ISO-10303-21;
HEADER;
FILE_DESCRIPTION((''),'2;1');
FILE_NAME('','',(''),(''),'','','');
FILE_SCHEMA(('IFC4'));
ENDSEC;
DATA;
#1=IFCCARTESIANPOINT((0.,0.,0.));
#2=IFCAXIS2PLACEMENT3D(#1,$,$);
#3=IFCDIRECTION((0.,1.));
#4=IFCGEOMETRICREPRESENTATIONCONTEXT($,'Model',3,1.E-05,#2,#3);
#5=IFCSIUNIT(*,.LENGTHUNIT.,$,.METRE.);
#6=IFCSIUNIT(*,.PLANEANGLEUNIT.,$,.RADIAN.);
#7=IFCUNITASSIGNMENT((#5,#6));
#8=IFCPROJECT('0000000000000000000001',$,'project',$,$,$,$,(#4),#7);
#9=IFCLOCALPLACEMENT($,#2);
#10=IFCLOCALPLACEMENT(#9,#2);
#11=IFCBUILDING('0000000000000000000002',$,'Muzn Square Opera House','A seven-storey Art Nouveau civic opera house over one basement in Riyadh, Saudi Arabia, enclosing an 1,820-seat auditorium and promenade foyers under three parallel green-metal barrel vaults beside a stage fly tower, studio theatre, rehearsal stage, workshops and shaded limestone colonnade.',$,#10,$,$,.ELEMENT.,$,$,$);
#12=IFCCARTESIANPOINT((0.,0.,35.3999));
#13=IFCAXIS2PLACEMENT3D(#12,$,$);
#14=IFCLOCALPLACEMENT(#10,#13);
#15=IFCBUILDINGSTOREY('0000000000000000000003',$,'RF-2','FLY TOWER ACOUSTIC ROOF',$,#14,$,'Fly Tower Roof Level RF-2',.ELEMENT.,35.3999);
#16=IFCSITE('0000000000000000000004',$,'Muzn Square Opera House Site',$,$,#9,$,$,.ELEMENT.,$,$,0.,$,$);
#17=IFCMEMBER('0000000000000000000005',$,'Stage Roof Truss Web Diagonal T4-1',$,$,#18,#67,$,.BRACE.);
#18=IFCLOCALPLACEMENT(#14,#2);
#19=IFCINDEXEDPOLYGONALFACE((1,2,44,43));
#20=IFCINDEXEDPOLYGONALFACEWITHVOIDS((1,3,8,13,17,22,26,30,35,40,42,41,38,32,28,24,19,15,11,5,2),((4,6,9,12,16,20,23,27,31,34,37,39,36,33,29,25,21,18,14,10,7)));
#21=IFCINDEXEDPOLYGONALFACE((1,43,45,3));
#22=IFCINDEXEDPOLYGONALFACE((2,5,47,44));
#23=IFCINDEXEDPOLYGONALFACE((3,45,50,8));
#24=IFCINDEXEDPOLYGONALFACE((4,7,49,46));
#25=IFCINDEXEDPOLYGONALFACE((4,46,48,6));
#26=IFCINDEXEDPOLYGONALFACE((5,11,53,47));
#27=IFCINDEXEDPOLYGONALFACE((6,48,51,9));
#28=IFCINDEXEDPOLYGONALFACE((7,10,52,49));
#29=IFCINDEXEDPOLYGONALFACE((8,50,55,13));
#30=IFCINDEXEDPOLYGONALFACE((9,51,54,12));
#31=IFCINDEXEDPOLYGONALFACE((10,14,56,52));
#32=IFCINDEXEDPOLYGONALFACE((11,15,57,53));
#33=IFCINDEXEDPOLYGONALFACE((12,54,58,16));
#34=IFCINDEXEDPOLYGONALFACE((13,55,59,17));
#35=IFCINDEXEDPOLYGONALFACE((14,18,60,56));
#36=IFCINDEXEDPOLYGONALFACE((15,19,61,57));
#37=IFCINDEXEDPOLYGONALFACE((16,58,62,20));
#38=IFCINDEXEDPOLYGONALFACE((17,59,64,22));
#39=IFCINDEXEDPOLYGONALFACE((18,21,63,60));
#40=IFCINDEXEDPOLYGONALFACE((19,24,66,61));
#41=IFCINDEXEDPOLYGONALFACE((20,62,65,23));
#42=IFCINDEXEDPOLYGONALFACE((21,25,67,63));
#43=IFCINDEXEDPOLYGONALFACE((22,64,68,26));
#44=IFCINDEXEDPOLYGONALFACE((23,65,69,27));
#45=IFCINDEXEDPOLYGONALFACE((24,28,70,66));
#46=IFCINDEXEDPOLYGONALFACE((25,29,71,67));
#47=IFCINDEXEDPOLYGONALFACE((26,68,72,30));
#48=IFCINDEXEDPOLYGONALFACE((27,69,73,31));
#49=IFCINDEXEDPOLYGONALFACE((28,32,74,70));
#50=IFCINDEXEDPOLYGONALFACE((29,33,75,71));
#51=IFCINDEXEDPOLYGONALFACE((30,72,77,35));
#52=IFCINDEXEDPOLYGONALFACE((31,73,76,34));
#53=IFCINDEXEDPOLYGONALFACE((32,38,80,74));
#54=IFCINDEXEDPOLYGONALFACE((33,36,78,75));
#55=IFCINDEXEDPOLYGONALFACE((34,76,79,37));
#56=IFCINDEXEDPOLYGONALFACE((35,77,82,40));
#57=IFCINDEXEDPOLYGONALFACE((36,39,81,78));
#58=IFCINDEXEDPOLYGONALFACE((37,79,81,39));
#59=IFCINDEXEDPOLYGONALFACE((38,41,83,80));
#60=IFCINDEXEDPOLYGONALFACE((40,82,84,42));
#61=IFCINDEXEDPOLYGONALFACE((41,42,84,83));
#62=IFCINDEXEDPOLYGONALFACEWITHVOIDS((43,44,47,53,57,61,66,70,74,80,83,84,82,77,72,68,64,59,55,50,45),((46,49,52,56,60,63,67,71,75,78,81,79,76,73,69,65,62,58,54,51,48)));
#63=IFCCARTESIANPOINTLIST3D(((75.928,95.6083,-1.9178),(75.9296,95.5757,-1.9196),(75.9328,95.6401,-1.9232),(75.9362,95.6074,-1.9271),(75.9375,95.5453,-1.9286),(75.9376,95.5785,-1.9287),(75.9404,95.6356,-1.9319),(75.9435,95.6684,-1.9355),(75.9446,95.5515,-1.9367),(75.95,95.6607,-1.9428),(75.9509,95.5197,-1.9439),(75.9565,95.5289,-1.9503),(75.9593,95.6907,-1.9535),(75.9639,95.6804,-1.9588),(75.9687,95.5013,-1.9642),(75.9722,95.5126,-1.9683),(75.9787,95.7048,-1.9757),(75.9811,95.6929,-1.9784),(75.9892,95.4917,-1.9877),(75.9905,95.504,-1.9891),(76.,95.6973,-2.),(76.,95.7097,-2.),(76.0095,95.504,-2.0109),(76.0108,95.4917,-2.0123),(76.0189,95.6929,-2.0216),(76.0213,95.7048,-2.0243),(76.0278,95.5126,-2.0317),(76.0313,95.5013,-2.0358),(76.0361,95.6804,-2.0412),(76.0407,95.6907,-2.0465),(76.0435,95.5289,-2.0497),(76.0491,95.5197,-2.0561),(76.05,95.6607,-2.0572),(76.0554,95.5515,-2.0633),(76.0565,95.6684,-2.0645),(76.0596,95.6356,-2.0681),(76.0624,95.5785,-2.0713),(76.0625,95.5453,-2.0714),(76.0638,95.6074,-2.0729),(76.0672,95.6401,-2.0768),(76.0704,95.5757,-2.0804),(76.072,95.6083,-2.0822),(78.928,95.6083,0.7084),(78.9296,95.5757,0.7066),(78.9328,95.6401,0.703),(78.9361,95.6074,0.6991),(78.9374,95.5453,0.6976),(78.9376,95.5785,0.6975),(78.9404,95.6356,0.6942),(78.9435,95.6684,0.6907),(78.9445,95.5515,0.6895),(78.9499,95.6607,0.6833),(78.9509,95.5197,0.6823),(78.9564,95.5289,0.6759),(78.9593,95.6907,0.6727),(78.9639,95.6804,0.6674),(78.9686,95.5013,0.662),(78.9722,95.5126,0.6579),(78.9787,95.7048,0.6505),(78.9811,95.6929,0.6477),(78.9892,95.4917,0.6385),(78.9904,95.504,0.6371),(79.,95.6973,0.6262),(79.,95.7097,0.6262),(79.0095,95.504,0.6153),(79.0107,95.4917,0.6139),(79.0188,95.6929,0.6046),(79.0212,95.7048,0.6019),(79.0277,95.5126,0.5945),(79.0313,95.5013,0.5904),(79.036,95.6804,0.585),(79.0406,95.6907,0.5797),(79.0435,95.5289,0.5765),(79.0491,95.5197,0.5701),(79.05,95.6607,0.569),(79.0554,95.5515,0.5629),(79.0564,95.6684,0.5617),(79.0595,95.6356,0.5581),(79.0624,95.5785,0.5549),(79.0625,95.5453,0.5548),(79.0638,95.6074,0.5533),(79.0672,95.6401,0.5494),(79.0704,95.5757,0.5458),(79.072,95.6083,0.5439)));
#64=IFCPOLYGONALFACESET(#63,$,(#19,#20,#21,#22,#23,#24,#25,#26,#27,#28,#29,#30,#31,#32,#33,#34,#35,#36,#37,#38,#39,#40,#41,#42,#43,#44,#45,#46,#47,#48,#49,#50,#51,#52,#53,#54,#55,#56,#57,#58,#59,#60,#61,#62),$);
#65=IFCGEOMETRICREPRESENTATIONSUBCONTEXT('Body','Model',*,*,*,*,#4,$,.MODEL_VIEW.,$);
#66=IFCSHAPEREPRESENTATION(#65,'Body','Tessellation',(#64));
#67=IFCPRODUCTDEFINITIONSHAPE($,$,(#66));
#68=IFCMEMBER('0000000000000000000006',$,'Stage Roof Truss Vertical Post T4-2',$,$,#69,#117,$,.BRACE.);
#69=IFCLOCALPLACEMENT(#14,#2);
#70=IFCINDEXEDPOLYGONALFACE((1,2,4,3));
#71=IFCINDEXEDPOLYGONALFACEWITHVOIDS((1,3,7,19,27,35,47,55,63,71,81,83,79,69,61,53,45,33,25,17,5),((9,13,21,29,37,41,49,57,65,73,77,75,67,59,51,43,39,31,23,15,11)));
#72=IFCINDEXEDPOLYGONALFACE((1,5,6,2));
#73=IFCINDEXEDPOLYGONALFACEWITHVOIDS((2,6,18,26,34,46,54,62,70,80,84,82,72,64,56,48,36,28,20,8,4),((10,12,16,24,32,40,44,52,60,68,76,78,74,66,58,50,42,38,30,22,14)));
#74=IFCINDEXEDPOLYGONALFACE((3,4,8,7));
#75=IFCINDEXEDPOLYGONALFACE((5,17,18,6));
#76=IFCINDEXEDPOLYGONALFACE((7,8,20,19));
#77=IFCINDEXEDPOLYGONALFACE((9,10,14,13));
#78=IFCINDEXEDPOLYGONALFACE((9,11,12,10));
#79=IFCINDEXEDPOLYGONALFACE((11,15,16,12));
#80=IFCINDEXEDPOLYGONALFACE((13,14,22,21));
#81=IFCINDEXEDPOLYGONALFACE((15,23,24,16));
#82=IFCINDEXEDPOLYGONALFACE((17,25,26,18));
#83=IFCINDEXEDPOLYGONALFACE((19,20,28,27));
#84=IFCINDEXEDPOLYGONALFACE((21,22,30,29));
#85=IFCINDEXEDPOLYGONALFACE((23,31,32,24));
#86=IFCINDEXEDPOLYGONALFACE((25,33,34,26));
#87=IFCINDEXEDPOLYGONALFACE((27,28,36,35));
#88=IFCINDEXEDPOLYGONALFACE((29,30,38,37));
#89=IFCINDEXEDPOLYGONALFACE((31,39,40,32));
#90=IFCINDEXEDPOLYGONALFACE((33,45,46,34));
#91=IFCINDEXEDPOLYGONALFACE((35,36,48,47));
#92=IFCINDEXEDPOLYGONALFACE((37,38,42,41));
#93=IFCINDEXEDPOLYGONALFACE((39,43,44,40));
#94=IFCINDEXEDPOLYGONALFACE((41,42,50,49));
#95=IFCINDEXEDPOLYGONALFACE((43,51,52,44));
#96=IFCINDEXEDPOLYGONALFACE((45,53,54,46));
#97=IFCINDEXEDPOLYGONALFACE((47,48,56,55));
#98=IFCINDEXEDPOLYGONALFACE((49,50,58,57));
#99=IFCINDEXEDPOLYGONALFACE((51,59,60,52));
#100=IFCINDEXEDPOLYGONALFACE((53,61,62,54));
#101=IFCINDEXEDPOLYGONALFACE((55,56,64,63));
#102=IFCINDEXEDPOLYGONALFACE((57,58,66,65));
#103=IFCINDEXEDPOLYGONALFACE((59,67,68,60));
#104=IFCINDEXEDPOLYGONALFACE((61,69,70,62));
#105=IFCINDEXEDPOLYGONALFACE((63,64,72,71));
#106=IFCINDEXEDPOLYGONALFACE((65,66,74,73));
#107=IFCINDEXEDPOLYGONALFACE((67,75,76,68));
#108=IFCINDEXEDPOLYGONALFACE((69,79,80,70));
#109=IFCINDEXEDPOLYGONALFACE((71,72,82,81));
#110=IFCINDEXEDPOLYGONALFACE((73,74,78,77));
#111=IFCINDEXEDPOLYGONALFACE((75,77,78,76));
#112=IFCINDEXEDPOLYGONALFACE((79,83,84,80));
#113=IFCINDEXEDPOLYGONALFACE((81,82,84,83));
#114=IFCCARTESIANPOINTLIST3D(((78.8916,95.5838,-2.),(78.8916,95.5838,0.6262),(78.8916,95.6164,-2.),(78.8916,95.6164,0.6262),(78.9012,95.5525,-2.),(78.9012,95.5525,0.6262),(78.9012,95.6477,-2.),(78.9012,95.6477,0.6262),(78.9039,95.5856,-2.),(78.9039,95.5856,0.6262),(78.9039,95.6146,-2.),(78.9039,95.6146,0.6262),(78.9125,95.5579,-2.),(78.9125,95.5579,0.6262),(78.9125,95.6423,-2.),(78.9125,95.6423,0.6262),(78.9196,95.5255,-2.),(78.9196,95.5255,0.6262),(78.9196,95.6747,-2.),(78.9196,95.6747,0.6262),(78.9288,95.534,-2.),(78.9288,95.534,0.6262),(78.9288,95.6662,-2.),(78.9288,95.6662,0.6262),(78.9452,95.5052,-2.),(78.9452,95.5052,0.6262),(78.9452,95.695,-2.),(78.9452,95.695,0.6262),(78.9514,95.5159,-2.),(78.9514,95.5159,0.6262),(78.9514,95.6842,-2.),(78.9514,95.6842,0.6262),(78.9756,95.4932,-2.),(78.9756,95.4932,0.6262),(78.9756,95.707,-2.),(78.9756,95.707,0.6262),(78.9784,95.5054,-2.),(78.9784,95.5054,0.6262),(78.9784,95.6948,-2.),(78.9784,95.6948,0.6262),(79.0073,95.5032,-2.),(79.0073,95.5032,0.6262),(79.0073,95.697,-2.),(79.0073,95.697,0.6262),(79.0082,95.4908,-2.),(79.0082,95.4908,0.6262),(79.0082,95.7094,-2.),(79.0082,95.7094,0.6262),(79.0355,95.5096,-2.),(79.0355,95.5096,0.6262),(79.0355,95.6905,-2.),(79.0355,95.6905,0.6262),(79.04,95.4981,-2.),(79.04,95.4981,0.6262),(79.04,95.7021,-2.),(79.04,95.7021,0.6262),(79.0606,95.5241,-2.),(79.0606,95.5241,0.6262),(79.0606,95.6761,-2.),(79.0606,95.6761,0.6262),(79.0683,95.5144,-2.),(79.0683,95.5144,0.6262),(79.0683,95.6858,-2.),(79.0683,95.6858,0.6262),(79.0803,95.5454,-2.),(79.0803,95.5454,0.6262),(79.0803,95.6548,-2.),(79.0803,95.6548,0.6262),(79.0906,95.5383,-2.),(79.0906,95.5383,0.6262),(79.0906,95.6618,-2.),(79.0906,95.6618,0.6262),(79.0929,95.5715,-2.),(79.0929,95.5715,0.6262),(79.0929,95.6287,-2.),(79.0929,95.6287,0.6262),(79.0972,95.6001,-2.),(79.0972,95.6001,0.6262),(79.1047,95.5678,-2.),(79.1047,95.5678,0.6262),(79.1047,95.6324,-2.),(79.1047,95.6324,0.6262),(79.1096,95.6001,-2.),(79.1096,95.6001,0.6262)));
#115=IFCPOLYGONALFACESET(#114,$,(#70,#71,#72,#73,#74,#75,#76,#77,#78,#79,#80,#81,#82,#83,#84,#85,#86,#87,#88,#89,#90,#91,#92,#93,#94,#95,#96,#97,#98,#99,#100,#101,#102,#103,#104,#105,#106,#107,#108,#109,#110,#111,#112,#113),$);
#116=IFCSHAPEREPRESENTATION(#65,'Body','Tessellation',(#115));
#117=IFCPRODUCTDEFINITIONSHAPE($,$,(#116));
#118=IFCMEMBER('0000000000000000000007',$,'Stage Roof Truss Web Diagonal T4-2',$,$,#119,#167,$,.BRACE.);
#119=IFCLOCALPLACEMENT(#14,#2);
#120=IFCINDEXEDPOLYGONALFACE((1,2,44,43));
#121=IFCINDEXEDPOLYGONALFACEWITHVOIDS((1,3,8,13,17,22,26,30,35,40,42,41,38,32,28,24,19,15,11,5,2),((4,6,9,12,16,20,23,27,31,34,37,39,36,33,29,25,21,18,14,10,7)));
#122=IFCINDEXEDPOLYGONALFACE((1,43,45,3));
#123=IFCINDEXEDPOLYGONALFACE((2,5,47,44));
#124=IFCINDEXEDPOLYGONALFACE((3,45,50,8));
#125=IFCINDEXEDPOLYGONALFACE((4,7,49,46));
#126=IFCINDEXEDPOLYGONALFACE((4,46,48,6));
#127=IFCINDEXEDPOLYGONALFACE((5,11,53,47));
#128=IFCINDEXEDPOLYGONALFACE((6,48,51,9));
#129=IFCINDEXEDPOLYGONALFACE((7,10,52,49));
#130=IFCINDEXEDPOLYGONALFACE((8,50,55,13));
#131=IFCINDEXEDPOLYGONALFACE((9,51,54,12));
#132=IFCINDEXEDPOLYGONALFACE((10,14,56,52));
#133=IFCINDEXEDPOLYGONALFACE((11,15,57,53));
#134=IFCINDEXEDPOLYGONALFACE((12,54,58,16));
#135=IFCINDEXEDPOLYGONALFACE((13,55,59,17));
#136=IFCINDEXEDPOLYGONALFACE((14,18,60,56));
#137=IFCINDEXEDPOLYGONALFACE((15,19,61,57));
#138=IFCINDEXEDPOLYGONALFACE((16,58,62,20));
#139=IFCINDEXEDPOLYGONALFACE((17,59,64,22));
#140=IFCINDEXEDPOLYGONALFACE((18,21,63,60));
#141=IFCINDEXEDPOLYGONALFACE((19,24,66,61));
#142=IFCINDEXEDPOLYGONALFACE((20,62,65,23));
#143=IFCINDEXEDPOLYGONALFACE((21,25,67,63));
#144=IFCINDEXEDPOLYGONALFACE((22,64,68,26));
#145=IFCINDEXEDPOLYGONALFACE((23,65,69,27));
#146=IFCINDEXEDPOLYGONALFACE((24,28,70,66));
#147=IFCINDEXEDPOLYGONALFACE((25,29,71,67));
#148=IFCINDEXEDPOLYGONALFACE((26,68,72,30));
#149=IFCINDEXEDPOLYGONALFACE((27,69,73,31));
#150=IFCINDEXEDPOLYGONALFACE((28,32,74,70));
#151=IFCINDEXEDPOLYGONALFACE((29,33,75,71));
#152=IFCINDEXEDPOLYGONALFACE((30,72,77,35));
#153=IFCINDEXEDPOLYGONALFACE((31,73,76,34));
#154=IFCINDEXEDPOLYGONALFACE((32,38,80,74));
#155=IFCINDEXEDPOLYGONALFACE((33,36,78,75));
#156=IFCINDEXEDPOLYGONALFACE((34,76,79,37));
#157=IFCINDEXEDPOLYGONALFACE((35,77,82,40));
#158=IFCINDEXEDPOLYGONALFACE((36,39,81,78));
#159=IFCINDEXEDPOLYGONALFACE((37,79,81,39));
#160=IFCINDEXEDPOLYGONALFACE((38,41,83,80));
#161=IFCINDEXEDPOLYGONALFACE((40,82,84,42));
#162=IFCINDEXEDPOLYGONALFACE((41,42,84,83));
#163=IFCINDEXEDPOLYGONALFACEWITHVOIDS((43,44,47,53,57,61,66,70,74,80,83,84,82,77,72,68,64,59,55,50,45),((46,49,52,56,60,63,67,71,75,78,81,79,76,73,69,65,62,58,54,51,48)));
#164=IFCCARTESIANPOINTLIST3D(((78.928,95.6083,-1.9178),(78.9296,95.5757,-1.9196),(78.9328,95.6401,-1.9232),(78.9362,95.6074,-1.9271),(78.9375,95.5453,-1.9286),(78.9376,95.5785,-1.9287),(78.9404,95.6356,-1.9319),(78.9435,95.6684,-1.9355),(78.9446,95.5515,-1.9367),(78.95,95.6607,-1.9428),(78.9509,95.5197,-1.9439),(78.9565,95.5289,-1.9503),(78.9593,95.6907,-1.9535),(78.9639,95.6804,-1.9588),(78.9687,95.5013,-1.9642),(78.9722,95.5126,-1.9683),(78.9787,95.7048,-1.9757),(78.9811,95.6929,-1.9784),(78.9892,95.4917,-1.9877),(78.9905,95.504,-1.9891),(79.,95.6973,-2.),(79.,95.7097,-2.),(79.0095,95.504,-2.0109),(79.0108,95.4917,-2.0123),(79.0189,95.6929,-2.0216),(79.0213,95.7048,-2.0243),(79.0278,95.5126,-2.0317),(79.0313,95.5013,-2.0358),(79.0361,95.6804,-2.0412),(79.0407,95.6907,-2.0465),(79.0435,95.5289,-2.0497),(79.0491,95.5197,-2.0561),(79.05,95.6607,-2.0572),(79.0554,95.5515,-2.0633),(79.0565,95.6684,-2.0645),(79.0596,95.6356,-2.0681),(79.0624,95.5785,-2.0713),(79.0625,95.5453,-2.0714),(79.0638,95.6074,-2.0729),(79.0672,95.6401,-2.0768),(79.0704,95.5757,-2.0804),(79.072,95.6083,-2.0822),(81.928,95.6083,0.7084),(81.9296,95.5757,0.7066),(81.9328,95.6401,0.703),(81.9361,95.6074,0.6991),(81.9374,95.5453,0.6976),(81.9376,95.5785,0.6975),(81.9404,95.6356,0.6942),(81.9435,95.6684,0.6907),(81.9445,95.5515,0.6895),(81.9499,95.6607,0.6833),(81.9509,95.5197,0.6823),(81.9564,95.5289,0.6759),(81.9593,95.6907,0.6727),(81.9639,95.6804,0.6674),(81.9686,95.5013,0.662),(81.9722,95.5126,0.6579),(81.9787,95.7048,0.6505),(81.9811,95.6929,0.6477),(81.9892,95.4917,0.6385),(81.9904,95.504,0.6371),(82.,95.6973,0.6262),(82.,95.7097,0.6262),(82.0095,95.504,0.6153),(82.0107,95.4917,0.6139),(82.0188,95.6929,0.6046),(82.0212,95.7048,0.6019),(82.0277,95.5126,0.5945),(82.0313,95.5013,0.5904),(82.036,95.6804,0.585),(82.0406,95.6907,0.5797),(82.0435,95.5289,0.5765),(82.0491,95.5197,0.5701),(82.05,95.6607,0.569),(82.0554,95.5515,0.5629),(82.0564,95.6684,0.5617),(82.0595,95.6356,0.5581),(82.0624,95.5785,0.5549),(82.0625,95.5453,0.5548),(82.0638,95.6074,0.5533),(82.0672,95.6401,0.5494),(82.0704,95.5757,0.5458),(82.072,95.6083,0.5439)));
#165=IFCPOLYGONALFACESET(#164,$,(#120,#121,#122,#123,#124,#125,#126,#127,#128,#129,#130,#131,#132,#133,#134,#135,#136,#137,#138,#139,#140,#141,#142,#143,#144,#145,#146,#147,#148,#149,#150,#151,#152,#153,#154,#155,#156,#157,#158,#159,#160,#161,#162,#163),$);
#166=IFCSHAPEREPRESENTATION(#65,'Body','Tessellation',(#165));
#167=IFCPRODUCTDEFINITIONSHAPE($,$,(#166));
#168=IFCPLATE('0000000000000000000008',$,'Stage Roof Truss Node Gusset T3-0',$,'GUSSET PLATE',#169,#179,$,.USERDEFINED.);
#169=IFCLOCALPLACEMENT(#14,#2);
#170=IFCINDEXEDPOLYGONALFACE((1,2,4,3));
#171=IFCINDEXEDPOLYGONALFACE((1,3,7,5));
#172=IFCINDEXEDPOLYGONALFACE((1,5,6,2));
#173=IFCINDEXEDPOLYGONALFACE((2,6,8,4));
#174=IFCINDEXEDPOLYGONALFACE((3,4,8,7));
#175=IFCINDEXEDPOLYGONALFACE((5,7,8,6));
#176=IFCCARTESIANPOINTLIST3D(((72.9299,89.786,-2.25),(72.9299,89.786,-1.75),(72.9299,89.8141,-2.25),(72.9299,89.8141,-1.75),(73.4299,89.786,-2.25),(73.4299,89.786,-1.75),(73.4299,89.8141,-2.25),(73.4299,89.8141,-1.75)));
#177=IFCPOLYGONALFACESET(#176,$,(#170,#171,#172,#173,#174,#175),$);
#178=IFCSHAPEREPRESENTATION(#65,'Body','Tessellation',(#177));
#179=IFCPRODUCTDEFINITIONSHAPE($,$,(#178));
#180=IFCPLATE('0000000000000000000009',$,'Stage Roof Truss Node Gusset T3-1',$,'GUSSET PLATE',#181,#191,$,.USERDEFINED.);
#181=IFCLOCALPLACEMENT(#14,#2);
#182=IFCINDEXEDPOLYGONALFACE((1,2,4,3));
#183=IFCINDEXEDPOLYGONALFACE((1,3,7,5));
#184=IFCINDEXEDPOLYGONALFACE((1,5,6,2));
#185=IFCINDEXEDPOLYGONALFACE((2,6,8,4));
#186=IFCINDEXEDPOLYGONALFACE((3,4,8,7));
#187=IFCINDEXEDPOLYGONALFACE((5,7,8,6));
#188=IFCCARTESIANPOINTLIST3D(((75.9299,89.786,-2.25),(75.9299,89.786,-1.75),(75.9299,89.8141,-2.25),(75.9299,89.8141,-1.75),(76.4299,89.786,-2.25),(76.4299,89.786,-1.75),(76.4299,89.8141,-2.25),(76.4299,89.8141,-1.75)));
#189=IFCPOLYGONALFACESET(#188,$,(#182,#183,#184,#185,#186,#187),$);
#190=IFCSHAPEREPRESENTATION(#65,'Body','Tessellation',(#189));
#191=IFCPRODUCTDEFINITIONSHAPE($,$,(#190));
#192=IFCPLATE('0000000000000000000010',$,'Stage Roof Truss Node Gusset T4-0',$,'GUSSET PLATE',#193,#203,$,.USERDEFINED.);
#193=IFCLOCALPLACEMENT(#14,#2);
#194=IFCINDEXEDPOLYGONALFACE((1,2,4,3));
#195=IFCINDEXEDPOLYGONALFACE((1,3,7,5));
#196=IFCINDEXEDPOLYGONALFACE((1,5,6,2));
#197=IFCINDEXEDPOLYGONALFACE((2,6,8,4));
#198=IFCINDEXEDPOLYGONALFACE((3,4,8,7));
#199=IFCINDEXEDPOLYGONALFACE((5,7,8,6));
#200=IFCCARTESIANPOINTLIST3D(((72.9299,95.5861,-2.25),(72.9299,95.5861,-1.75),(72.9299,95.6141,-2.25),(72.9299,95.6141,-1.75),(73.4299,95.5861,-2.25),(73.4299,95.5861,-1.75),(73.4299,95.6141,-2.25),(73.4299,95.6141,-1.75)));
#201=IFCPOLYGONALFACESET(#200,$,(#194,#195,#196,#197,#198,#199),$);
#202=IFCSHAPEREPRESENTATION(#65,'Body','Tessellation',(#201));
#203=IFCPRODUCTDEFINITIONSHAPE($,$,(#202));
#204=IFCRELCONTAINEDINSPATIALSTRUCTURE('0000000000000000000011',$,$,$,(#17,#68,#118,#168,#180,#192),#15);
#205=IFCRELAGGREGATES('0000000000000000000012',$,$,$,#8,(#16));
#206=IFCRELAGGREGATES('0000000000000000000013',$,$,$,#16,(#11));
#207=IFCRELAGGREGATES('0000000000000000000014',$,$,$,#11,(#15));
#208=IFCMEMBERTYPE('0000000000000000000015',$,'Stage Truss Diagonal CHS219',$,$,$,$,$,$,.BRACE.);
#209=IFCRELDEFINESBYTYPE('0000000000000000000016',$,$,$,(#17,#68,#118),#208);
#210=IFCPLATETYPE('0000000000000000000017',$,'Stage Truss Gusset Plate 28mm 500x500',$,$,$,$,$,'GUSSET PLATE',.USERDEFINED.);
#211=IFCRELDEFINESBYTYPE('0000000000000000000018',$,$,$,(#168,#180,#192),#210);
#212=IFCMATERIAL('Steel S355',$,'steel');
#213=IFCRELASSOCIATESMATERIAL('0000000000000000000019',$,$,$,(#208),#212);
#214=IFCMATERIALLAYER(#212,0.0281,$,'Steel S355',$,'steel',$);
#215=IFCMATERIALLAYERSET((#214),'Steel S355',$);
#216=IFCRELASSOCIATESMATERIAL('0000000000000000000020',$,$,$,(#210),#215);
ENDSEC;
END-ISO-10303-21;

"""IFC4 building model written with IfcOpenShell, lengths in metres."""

from ifc_helpers import new_model, si_unit, direction, frame, origin, origin_2d, place, context, subcontext, project, spatial, rectangle, hollow_circle, extrude, material, layer, layer_set, material_profile, profile_set, type_object, element, save


model = new_model("IFC4")

# Units and contexts
model_context = context("Model", 3, precision=1e-05, world=origin(), true_north=direction((0.0, 1.0)))
body_context = subcontext(model_context, "Body", "Model", "MODEL_VIEW")
ifc_project = project(units=[si_unit("LENGTHUNIT", "METRE"), si_unit("PLANEANGLEUNIT", "RADIAN")], contexts=[model_context])

# Site, building, storey
site_placement = place(None, origin())
site = spatial("IfcSite", under=ifc_project, at=site_placement, Name="Muzn Square Opera House Site", CompositionType="ELEMENT", RefElevation=0.0)
building_placement = place(site_placement, origin())
building = spatial("IfcBuilding", under=site, at=building_placement, Name="Muzn Square Opera House", Description="A seven-storey Art Nouveau civic opera house over one basement in Riyadh, Saudi Arabia, enclosing an 1,820-seat auditorium and promenade foyers under three parallel green-metal barrel vaults beside a stage fly tower, studio theatre, rehearsal stage, workshops and shaded limestone colonnade.", CompositionType="ELEMENT")
storey_placement = place(building_placement, frame((0.0, 0.0, 35.3999)))
storey = spatial("IfcBuildingStorey", under=building, at=storey_placement, Name="RF-2", Description="FLY TOWER ACOUSTIC ROOF", LongName="Fly Tower Roof Level RF-2", CompositionType="ELEMENT", Elevation=35.3999)

# Members
ifc_material = material(Name="Steel S355", Category="steel")
ifc_material_profile_1 = material_profile(ifc_material, hollow_circle(Radius=0.1096, WallThickness=0.0125, at=origin_2d()), Name="CHS 219.1x12.5", Category="steel")
ifc_profile_set_1 = profile_set([ifc_material_profile_1], Name="Steel S355")
member_type_1 = type_object("IfcMemberType", Name="Stage Truss Diagonal CHS219", PredefinedType="BRACE", material=ifc_profile_set_1)
member_1_placement = place(storey_placement, frame((76.0, 95.6001, -2.0), z_axis=(0.752425, 0.0, 0.658678), x_axis=(0.0, 1.0, 0.0)))
element("IfcMember", 1, at=member_1_placement, inside=storey, type_object=member_type_1, Name="Stage Roof Truss Web Diagonal T4-1", PredefinedType="BRACE", context=body_context, shape_type="SweptSolid", body=[
    extrude(hollow_circle(Radius=0.1096, WallThickness=0.0125, at=origin_2d()), origin(), (0.0, 0.0, 1.0), 3.9871),
])
member_2_placement = place(storey_placement, frame((79.0, 95.6001, -2.0), z_axis=(0.0, 0.0, 1.0), x_axis=(1.0, 0.0, 0.0)))
element("IfcMember", 2, at=member_2_placement, inside=storey, type_object=member_type_1, Name="Stage Roof Truss Vertical Post T4-2", PredefinedType="BRACE", context=body_context, shape_type="SweptSolid", body=[
    extrude(hollow_circle(Radius=0.1096, WallThickness=0.0125, at=origin_2d()), origin(), (0.0, 0.0, 1.0), 2.6262),
])
member_3_placement = place(storey_placement, frame((79.0, 95.6001, -2.0), z_axis=(0.752425, 0.0, 0.658678), x_axis=(0.0, 1.0, 0.0)))
element("IfcMember", 3, at=member_3_placement, inside=storey, type_object=member_type_1, Name="Stage Roof Truss Web Diagonal T4-2", PredefinedType="BRACE", context=body_context, shape_type="SweptSolid", body=[
    extrude(hollow_circle(Radius=0.1096, WallThickness=0.0125, at=origin_2d()), origin(), (0.0, 0.0, 1.0), 3.9871),
])

# Plates
ifc_layer = layer(ifc_material, 0.0281, Name="Steel S355", Category="steel")
ifc_layer_set = layer_set([ifc_layer], Name="Steel S355")
plate_type = type_object("IfcPlateType", Name="Stage Truss Gusset Plate 28mm 500x500", ElementType="GUSSET PLATE", PredefinedType="USERDEFINED", material=ifc_layer_set)
for number, where, z_axis, x_axis, name in (
    (4, (73.1799, 89.8, -2.25), (0.0, 0.0, 1.0), (1.0, 0.0, 0.0), "Stage Roof Truss Node Gusset T3-0"),
    (5, (76.1799, 89.8, -2.25), (0.0, 0.0, 1.0), (1.0, 0.0, 0.0), "Stage Roof Truss Node Gusset T3-1"),
    (6, (73.1799, 95.6001, -2.25), (0.0, 0.0, 1.0), (1.0, 0.0, 0.0), "Stage Roof Truss Node Gusset T4-0"),
):
    element("IfcPlate", number, at=place(storey_placement, frame(where, z_axis=z_axis, x_axis=x_axis)), inside=storey, type_object=plate_type, Name=name, ObjectType="GUSSET PLATE", PredefinedType="USERDEFINED", context=body_context, shape_type="SweptSolid", body=[
        extrude(rectangle(XDim=0.5, YDim=0.0281, at=origin_2d()), origin(), (0.0, 0.0, 1.0), 0.5),
    ])

save(model, "model.ifc")
